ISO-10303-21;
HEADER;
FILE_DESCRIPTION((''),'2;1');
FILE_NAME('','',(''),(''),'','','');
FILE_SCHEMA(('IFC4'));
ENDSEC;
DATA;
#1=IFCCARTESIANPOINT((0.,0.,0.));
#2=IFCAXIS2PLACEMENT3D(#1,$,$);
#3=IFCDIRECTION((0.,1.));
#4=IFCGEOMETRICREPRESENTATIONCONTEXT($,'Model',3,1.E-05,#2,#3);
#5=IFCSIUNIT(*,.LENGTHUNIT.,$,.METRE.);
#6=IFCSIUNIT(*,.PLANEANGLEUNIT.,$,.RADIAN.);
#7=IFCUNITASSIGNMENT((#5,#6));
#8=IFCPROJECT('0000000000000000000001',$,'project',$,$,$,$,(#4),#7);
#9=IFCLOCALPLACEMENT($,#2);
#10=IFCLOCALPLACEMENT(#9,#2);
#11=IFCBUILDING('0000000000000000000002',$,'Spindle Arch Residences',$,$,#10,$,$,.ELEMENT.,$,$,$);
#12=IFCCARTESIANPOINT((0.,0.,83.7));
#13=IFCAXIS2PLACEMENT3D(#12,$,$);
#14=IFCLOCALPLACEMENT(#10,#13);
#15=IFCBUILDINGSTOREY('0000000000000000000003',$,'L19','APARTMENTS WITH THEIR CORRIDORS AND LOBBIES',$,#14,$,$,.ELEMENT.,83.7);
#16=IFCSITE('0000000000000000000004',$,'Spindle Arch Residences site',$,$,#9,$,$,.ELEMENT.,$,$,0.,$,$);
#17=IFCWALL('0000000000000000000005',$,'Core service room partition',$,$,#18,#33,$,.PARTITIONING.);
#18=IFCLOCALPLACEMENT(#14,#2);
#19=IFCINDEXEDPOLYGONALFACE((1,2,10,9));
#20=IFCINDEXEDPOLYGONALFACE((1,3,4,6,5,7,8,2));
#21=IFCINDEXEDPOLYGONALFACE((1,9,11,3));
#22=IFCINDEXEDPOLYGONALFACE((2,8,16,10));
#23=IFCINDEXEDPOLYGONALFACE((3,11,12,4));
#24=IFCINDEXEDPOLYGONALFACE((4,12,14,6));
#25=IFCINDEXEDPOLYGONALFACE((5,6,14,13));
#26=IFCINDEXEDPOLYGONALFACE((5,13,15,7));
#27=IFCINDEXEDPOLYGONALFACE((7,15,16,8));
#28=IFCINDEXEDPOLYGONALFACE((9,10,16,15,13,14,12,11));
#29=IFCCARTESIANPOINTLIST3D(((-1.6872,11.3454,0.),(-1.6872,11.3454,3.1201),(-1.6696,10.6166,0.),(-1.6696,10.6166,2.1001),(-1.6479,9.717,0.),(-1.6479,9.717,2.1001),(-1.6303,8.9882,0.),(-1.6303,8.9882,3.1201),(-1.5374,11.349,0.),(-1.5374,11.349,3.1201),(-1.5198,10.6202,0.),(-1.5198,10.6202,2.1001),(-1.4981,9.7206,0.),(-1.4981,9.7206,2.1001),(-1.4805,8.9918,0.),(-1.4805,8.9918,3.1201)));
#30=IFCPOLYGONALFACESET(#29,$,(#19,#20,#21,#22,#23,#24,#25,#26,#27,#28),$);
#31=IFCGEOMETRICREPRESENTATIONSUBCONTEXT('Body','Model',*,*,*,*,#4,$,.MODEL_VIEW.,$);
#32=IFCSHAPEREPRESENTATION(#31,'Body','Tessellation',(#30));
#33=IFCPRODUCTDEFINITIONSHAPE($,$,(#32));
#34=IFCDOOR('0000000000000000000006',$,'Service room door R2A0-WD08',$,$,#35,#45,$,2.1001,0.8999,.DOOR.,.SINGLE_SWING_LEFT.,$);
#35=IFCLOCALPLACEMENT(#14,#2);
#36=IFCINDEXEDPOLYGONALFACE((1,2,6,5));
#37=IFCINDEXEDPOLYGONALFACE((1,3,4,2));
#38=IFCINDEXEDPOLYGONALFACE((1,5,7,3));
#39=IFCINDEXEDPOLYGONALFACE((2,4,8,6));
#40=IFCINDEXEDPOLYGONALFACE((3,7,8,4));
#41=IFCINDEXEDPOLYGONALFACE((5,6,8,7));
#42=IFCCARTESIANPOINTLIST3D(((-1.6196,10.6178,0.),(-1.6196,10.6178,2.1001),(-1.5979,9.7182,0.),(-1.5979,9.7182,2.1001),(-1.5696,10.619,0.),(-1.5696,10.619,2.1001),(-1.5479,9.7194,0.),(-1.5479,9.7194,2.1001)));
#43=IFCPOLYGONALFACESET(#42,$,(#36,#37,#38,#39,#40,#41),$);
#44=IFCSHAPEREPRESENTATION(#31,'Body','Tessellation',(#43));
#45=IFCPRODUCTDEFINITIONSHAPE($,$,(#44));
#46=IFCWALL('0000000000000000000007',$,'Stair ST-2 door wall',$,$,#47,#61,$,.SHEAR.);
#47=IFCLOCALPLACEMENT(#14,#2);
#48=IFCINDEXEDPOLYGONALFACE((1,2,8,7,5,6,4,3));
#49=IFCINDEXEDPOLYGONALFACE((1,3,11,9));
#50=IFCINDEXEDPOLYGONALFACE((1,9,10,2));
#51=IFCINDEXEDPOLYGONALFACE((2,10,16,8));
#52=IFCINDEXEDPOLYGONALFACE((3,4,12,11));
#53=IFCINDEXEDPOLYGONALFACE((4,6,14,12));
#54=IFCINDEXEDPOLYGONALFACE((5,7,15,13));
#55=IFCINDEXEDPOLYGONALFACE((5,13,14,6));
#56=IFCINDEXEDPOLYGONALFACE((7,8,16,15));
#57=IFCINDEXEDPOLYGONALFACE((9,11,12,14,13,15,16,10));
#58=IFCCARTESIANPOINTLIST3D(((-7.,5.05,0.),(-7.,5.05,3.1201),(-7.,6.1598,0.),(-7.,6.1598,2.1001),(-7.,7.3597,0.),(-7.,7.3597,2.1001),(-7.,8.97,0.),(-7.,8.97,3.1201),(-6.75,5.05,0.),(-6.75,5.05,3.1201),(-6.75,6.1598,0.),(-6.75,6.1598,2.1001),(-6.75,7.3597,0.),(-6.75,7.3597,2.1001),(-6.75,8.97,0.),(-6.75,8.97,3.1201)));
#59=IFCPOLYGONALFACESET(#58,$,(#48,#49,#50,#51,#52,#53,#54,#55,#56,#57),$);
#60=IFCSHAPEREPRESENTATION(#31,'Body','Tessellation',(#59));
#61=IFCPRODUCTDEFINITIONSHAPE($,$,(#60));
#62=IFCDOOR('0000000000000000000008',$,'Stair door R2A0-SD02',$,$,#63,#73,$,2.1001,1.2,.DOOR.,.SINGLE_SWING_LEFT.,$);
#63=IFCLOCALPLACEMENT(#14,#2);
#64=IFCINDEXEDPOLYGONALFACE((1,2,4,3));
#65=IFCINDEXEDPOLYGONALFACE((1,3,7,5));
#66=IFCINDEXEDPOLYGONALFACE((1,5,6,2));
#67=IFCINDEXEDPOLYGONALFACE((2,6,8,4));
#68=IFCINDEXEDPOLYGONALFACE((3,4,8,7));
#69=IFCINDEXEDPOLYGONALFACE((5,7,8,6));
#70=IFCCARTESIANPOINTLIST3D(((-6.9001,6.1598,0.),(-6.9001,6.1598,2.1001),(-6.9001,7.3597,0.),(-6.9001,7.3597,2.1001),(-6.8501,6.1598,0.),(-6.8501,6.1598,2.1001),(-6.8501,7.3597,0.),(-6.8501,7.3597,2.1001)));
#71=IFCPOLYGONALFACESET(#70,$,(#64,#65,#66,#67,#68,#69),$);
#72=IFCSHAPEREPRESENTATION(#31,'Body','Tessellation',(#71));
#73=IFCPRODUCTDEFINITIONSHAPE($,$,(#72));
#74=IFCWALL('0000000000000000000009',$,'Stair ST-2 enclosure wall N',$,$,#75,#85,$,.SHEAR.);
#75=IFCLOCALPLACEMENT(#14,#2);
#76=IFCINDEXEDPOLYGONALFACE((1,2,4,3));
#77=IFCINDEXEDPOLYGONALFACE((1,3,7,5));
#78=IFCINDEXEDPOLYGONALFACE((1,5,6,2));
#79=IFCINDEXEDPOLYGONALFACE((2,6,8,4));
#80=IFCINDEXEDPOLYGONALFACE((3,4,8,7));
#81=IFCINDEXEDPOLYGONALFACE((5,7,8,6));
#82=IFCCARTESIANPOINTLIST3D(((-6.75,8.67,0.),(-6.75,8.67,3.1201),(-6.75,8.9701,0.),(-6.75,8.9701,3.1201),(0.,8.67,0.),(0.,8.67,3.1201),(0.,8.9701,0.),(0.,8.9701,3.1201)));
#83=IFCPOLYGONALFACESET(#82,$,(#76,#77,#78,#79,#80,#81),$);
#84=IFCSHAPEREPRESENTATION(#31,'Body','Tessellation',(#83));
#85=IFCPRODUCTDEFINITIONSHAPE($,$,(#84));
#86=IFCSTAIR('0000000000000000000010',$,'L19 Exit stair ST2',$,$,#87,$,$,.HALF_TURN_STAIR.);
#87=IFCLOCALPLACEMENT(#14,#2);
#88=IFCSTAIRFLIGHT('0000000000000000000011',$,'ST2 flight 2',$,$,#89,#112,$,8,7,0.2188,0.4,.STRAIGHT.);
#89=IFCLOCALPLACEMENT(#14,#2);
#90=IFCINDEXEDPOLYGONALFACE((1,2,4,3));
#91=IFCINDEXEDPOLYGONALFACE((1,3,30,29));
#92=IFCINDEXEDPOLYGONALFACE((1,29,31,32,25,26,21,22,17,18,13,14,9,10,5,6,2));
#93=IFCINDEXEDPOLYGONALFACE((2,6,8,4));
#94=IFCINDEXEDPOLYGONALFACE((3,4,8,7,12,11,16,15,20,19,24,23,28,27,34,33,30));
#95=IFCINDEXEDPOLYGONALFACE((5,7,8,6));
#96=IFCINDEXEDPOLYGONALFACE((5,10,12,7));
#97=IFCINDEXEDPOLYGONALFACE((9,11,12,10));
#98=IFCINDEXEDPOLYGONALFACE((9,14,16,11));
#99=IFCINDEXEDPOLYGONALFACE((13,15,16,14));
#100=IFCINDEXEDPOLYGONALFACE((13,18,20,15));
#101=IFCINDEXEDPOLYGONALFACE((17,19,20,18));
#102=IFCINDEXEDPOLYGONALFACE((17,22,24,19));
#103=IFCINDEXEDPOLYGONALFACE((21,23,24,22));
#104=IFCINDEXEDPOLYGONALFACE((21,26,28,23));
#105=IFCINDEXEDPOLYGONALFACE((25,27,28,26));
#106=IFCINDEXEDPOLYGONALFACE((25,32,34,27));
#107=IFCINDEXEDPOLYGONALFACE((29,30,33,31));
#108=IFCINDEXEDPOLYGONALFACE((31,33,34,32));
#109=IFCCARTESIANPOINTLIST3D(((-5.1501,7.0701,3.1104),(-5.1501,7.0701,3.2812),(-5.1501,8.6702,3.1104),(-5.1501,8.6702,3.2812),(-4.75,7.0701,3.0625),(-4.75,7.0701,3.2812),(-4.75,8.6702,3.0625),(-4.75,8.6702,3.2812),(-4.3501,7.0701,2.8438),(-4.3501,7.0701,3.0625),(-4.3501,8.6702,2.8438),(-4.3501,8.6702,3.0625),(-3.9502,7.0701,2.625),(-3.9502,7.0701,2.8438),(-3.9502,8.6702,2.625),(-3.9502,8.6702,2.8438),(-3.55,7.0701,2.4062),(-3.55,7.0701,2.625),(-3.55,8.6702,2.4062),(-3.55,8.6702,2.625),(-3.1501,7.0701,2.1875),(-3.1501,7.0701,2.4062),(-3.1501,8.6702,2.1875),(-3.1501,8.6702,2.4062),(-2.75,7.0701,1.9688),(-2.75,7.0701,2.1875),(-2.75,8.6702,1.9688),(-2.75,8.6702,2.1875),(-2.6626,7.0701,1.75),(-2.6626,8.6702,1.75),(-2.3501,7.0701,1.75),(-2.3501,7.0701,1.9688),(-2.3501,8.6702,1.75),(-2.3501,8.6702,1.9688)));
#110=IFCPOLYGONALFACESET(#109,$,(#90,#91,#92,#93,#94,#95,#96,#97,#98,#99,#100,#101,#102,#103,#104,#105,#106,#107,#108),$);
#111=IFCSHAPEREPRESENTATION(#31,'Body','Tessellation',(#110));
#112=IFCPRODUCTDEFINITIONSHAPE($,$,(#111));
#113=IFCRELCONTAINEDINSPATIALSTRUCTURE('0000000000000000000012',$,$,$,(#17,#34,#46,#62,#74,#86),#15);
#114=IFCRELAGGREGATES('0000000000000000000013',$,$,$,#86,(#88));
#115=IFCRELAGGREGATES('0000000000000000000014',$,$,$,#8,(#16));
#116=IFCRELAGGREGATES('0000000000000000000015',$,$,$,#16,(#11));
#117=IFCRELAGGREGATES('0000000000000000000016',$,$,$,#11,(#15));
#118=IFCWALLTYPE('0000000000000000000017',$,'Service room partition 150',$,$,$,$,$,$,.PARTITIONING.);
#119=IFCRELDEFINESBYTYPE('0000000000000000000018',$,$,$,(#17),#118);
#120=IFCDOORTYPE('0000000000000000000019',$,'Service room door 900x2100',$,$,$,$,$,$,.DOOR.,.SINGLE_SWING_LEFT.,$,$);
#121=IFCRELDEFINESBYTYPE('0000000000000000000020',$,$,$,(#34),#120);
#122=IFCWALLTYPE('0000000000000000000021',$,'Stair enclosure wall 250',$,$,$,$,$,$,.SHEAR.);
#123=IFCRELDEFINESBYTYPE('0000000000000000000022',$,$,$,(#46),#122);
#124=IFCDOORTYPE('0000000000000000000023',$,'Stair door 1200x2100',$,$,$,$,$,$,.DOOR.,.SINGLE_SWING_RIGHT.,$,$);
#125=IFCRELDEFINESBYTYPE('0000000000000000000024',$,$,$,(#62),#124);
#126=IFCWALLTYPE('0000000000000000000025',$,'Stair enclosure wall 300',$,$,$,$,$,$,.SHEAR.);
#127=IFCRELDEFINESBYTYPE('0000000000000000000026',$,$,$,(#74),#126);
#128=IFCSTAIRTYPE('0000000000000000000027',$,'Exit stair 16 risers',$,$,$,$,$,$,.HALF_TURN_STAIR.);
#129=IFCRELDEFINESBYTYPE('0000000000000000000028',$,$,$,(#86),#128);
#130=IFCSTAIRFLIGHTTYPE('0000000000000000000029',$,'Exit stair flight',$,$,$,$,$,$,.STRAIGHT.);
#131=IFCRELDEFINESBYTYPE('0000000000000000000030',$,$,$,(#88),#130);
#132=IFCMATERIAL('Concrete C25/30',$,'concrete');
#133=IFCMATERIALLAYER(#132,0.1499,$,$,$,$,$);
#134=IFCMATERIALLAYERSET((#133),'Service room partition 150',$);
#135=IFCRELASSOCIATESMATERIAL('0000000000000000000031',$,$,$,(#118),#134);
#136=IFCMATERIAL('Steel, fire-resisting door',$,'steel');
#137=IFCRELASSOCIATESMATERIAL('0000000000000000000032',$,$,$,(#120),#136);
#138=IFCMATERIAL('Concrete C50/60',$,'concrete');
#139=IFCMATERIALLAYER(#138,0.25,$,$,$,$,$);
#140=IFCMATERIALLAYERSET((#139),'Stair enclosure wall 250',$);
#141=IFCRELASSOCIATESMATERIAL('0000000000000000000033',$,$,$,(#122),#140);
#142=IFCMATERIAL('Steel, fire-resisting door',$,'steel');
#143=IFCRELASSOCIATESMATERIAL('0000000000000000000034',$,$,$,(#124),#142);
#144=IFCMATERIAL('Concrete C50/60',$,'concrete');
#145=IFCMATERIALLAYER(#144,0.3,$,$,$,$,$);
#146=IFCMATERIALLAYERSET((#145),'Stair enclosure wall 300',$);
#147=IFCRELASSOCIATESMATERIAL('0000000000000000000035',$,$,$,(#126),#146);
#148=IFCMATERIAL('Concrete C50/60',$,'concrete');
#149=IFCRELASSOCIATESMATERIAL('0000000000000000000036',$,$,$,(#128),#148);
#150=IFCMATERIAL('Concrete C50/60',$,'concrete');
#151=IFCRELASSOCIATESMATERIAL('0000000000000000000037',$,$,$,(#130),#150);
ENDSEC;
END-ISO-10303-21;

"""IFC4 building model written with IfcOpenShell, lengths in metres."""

from ifc_helpers import new_model, si_unit, direction, frame, frame_2d, origin, place, context, subcontext, project, spatial, polyline, rectangle, outline, extrude, material, layer, layer_set, type_object, element, fill, aggregate, save


model = new_model("IFC4")

# Units and contexts
model_context = context("Model", 3, precision=1e-05, world=origin(), true_north=direction((0.0, 1.0)))
body_context = subcontext(model_context, "Body", "Model", "MODEL_VIEW")
ifc_project = project(units=[si_unit("LENGTHUNIT", "METRE"), si_unit("PLANEANGLEUNIT", "RADIAN")], contexts=[model_context])

# Site, building, storey
site_placement = place(None, origin())
site = spatial("IfcSite", under=ifc_project, at=site_placement, Name="Spindle Arch Residences site", CompositionType="ELEMENT", RefElevation=0.0)
building_placement = place(site_placement, origin())
building = spatial("IfcBuilding", under=site, at=building_placement, Name="Spindle Arch Residences", CompositionType="ELEMENT")
storey_placement = place(building_placement, frame((0.0, 0.0, 83.7)))
storey = spatial("IfcBuildingStorey", under=building, at=storey_placement, Name="L19", Description="APARTMENTS WITH THEIR CORRIDORS AND LOBBIES", CompositionType="ELEMENT", Elevation=83.7)

# Walls, openings, doors
ifc_material_1 = material(Name="Concrete C25/30", Category="concrete")
ifc_layer_1 = layer(ifc_material_1, 0.1499)
ifc_layer_set_1 = layer_set([ifc_layer_1], Name="Service room partition 150")
wall_type_1 = type_object("IfcWallType", Name="Service room partition 150", PredefinedType="PARTITIONING", material=ifc_layer_set_1)
wall_1_placement = place(storey_placement, frame((-1.5554, 8.99, 0.0), z_axis=(0.0, 0.0, 1.0), x_axis=(-0.024126, 0.999709, 0.0)))
wall_1 = element("IfcWall", 1, at=wall_1_placement, inside=storey, type_object=wall_type_1, Name="Core service room partition", PredefinedType="PARTITIONING", context=body_context, shape_type="SweptSolid", body=[
    extrude(rectangle(XDim=2.3579, YDim=0.1499, at=frame_2d((1.179, 0.0))), origin(), (0.0, 0.0, 1.0), 3.1201),
])
opening_1_placement = place(wall_1_placement, frame((0.729, 0.0, 0.0)))
opening_1 = element("IfcOpeningElement", 2, at=opening_1_placement, cuts=wall_1, PredefinedType="OPENING", context=body_context, shape_type="SweptSolid", body=[
    extrude(rectangle(XDim=0.8999, YDim=2.1001, at=frame_2d((0.45, 1.05))), frame((0.0, 0.085, 0.0), z_axis=(0.0, -1.0, 0.0), x_axis=(1.0, 0.0, 0.0)), (0.0, 0.0, 1.0), 0.1699),
])
ifc_material_2 = material(Name="Steel, fire-resisting door", Category="steel")
door_type_1 = type_object("IfcDoorType", Name="Service room door 900x2100", OperationType="SINGLE_SWING_LEFT", PredefinedType="DOOR", material=ifc_material_2)
door_1_placement = place(opening_1_placement, origin())
door_1 = element("IfcDoor", 3, at=door_1_placement, inside=storey, type_object=door_type_1, Name="Service room door R2A0-WD08", OperationType="SINGLE_SWING_LEFT", OverallHeight=2.1001, OverallWidth=0.8999, PredefinedType="DOOR", context=body_context, shape_type="SweptSolid", body=[
    extrude(rectangle(XDim=0.8999, YDim=2.1001, at=frame_2d((0.45, 1.05))), frame((0.0, 0.0249, 0.0), z_axis=(0.0, -1.0, 0.0), x_axis=(1.0, 0.0, 0.0)), (0.0, 0.0, 1.0), 0.05),
])
fill(opening_1, door_1)
ifc_material_3 = material(Name="Concrete C50/60", Category="concrete")
ifc_layer_2 = layer(ifc_material_3, 0.25)
ifc_layer_set_2 = layer_set([ifc_layer_2], Name="Stair enclosure wall 250")
wall_type_2 = type_object("IfcWallType", Name="Stair enclosure wall 250", PredefinedType="SHEAR", material=ifc_layer_set_2)
wall_2_placement = place(storey_placement, frame((-6.875, 8.97, 0.0), z_axis=(0.0, 0.0, 1.0), x_axis=(0.0, -1.0, 0.0)))
wall_2 = element("IfcWall", 4, at=wall_2_placement, inside=storey, type_object=wall_type_2, Name="Stair ST-2 door wall", PredefinedType="SHEAR", context=body_context, shape_type="SweptSolid", body=[
    extrude(rectangle(XDim=3.9199, YDim=0.25, at=frame_2d((1.96, 0.0))), origin(), (0.0, 0.0, 1.0), 3.1201),
])
opening_2_placement = place(wall_2_placement, frame((1.6101, 0.0, 0.0)))
opening_2 = element("IfcOpeningElement", 5, at=opening_2_placement, cuts=wall_2, PredefinedType="OPENING", context=body_context, shape_type="SweptSolid", body=[
    extrude(rectangle(XDim=1.2, YDim=2.1001, at=frame_2d((0.6001, 1.05))), frame((0.0, 0.135, 0.0), z_axis=(0.0, -1.0, 0.0), x_axis=(1.0, 0.0, 0.0)), (0.0, 0.0, 1.0), 0.27),
])
ifc_material_4 = material(Name="Steel, fire-resisting door", Category="steel")
door_type_2 = type_object("IfcDoorType", Name="Stair door 1200x2100", OperationType="SINGLE_SWING_RIGHT", PredefinedType="DOOR", material=ifc_material_4)
door_2_placement = place(opening_2_placement, origin())
door_2 = element("IfcDoor", 6, at=door_2_placement, inside=storey, type_object=door_type_2, Name="Stair door R2A0-SD02", OperationType="SINGLE_SWING_LEFT", OverallHeight=2.1001, OverallWidth=1.2, PredefinedType="DOOR", context=body_context, shape_type="SweptSolid", body=[
    extrude(rectangle(XDim=1.2, YDim=2.1001, at=frame_2d((0.6001, 1.05))), frame((0.0, 0.0249, 0.0), z_axis=(0.0, -1.0, 0.0), x_axis=(1.0, 0.0, 0.0)), (0.0, 0.0, 1.0), 0.05),
])
fill(opening_2, door_2)

# Wall
ifc_material_5 = material(Name="Concrete C50/60", Category="concrete")
ifc_layer_3 = layer(ifc_material_5, 0.3)
ifc_layer_set_3 = layer_set([ifc_layer_3], Name="Stair enclosure wall 300")
wall_type_3 = type_object("IfcWallType", Name="Stair enclosure wall 300", PredefinedType="SHEAR", material=ifc_layer_set_3)
wall_3_placement = place(storey_placement, frame((-6.75, 8.8201, 0.0), z_axis=(0.0, 0.0, 1.0), x_axis=(1.0, 0.0, 0.0)))
element("IfcWall", 7, at=wall_3_placement, inside=storey, type_object=wall_type_3, Name="Stair ST-2 enclosure wall N", PredefinedType="SHEAR", context=body_context, shape_type="SweptSolid", body=[
    extrude(rectangle(XDim=6.75, YDim=0.3, at=frame_2d((3.375, 0.0))), origin(), (0.0, 0.0, 1.0), 3.1201),
])

# Stair, stair flight
ifc_material_6 = material(Name="Concrete C50/60", Category="concrete")
stair_type = type_object("IfcStairType", Name="Exit stair 16 risers", PredefinedType="HALF_TURN_STAIR", material=ifc_material_6)
stair_placement = place(storey_placement, origin())
stair = element("IfcStair", 8, at=stair_placement, inside=storey, type_object=stair_type, Name="L19 Exit stair ST2", PredefinedType="HALF_TURN_STAIR")
ifc_material_7 = material(Name="Concrete C50/60", Category="concrete")
stair_flight_type = type_object("IfcStairFlightType", Name="Exit stair flight", PredefinedType="STRAIGHT", material=ifc_material_7)
stair_flight_placement = place(storey_placement, frame((-2.3501, 7.8701, 1.75), z_axis=(0.0, 0.0, 1.0), x_axis=(-1.0, 0.0, 0.0)))
stair_flight = element("IfcStairFlight", 9, at=stair_flight_placement, type_object=stair_flight_type, Name="ST2 flight 2", NumberOfRisers=8, NumberOfTreads=7, PredefinedType="STRAIGHT", RiserHeight=0.2188, TreadLength=0.4, context=body_context, shape_type="SweptSolid", body=[
    extrude(outline(polyline([(0.0, 0.0), (0.0, 0.2188), (0.3999, 0.2188), (0.3999, 0.4375), (0.8, 0.4375), (0.8, 0.6562), (1.2, 0.6562), (1.2, 0.875), (1.6001, 0.875), (1.6001, 1.0938), (2.0, 1.0938), (2.0, 1.3125), (2.3999, 1.3125), (2.3999, 1.5312), (2.8, 1.5312), (2.8, 1.75), (2.8, 1.3604), (0.3125, 0.0), (0.0, 0.0)])), frame((0.0, 0.8, 0.0), z_axis=(0.0, -1.0, 0.0), x_axis=(1.0, 0.0, 0.0)), (0.0, 0.0, 1.0), 1.6001),
])
aggregate(stair, [stair_flight])

save(model, "model.ifc")
